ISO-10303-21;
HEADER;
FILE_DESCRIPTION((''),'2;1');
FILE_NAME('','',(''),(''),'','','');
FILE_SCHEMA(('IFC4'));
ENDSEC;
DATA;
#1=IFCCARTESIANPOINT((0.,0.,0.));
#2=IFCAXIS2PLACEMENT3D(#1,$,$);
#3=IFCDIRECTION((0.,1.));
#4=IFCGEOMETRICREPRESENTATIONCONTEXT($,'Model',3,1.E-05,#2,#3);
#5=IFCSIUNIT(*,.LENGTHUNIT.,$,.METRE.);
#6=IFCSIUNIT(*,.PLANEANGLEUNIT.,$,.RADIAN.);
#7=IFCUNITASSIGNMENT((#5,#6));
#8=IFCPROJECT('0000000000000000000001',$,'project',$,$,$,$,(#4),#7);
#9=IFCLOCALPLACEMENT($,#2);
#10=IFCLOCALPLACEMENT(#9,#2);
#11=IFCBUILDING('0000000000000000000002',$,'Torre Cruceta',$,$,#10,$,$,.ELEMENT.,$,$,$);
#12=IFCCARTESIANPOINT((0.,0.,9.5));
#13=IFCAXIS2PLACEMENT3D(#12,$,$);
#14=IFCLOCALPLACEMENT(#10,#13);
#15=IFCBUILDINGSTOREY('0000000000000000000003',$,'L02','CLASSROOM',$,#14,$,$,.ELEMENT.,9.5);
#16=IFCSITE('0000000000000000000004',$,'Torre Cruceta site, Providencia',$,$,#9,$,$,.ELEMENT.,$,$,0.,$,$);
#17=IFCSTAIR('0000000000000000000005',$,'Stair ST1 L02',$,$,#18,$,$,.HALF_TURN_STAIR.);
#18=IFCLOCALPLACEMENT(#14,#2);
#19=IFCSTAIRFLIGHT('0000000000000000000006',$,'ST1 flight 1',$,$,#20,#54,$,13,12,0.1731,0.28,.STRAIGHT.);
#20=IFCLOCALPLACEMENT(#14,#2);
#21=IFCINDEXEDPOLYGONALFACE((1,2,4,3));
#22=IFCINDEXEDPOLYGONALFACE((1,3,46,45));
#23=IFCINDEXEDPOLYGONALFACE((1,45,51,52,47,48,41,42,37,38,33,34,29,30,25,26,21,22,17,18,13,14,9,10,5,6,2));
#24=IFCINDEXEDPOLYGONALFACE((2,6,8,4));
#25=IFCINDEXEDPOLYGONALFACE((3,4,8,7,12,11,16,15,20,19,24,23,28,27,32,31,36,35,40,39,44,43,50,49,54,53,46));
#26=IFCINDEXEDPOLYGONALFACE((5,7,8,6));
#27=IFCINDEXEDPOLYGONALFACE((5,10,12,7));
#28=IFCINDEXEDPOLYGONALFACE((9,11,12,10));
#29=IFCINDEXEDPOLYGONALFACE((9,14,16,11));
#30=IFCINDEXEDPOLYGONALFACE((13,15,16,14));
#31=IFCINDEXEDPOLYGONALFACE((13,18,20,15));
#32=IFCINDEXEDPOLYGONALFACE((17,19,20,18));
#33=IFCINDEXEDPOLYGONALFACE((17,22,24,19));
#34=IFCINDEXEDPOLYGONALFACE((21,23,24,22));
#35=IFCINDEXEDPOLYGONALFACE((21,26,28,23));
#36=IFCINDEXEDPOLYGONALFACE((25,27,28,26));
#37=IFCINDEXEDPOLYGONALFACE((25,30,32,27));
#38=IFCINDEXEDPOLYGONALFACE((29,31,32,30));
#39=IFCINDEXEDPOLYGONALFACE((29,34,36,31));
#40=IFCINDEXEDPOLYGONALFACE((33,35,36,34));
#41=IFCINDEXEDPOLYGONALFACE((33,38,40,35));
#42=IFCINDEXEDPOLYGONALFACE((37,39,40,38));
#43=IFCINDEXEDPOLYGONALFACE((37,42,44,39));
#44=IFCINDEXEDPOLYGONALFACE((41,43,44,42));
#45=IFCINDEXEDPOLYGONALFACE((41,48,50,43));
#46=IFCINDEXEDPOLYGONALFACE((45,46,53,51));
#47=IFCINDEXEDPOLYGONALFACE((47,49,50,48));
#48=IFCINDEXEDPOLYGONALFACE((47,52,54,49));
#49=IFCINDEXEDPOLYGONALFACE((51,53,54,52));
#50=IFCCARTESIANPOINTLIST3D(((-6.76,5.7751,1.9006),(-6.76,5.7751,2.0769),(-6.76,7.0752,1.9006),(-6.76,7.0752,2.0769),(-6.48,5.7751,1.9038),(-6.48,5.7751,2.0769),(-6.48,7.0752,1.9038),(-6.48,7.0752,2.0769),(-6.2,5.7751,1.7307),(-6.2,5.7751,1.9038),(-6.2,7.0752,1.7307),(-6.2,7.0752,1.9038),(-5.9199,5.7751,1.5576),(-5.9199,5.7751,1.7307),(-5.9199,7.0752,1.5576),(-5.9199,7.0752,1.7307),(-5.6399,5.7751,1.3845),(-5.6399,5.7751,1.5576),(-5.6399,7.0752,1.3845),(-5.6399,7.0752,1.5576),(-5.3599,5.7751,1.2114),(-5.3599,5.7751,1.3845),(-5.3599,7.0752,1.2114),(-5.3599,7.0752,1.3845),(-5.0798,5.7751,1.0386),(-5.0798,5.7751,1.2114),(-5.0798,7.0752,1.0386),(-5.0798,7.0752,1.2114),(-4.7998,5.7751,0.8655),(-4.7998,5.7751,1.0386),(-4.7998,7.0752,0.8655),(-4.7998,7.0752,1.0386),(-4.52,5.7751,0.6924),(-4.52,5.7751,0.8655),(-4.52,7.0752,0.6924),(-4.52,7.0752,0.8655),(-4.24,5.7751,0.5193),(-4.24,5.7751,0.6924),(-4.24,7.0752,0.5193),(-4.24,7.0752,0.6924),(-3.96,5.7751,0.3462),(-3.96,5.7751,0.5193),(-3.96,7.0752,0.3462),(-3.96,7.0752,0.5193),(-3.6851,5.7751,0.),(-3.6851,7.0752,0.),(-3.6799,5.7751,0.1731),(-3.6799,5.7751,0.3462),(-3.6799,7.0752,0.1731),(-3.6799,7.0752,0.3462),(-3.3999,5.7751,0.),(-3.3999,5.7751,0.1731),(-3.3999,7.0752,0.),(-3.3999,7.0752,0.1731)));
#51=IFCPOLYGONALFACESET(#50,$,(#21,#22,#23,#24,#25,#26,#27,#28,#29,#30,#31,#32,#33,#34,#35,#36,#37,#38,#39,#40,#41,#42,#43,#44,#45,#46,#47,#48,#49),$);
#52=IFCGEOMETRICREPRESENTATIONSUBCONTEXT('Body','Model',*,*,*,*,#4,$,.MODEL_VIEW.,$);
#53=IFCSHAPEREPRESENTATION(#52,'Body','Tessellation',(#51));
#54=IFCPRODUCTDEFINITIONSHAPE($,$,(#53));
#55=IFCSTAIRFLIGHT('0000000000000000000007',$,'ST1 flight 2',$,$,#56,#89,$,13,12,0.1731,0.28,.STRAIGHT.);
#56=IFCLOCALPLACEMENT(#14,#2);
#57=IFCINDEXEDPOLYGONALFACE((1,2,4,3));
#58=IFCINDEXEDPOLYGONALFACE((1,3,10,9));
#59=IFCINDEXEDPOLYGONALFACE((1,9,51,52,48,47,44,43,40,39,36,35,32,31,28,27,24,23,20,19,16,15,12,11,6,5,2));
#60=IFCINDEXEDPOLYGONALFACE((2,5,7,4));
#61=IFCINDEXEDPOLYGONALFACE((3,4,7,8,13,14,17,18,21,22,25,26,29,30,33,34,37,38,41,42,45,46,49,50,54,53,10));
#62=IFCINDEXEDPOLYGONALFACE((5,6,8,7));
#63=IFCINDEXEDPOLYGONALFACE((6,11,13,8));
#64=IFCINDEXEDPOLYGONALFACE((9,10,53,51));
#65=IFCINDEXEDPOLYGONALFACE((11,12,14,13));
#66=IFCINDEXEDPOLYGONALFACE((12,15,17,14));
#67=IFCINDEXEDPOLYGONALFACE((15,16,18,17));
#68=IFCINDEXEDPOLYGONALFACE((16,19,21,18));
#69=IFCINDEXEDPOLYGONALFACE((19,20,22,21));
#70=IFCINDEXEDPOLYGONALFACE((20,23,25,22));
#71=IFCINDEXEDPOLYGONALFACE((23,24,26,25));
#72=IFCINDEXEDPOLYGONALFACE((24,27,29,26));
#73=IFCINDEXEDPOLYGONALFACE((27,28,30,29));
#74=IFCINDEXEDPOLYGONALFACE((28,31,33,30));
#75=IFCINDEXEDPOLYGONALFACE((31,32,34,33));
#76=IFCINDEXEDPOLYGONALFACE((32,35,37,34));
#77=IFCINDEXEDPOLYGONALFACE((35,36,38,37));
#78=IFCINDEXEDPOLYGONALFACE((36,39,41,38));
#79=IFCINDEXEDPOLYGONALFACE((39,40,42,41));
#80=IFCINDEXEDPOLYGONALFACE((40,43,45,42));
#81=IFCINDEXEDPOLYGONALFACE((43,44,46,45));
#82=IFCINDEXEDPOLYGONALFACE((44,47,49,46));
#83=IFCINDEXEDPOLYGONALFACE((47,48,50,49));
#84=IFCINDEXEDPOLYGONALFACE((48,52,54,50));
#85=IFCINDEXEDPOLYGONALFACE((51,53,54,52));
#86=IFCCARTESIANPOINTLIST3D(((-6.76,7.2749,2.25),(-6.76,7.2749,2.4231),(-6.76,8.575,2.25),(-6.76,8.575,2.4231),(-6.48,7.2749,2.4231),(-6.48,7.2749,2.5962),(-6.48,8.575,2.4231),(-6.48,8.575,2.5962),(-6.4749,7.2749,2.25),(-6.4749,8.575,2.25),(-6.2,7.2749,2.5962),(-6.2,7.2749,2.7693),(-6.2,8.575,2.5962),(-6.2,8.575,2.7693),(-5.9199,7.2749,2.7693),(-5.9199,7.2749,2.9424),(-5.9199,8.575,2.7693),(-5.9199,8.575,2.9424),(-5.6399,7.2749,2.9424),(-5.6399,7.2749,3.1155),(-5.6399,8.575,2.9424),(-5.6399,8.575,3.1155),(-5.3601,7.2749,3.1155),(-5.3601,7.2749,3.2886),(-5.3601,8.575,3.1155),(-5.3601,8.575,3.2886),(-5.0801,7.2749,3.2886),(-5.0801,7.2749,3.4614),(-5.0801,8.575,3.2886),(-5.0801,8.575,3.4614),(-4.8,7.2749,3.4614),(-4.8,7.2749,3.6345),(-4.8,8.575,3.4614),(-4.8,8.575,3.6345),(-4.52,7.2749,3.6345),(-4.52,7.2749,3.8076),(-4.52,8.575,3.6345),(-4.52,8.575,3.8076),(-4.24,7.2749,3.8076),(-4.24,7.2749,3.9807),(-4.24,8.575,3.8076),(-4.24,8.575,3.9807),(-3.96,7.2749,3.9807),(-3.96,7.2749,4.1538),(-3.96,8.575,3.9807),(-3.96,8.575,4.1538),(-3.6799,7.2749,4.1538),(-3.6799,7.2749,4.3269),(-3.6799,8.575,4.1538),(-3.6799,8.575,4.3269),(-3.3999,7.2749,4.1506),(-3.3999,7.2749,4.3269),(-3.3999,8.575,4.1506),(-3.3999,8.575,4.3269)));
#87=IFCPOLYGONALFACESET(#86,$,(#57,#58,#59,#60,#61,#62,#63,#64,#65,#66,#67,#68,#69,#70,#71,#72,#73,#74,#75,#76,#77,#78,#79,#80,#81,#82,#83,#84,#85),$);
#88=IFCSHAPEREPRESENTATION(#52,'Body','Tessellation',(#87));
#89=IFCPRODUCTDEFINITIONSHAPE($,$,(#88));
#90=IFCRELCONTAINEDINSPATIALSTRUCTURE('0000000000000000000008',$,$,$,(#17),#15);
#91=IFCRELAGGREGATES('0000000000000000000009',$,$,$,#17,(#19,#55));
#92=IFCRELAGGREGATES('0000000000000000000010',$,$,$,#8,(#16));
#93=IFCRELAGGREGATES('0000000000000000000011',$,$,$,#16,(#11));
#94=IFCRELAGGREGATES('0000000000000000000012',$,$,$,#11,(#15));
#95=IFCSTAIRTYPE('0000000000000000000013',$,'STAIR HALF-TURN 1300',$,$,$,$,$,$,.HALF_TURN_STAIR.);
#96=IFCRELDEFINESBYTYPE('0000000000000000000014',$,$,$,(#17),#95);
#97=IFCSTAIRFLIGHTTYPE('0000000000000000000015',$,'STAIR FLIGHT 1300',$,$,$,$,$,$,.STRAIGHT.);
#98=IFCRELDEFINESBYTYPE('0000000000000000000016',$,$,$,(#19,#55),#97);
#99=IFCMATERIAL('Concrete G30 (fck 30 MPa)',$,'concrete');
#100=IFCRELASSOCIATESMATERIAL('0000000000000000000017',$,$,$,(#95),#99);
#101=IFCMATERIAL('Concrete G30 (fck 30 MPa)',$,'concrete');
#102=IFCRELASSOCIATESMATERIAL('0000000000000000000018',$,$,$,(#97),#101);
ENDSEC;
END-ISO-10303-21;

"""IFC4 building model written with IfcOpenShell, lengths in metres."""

from ifc_helpers import new_model, si_unit, direction, frame, origin, place, context, subcontext, project, spatial, polyline, outline, extrude, material, type_object, element, aggregate, save


model = new_model("IFC4")

# Units and contexts
model_context = context("Model", 3, precision=1e-05, world=origin(), true_north=direction((0.0, 1.0)))
body_context = subcontext(model_context, "Body", "Model", "MODEL_VIEW")
ifc_project = project(units=[si_unit("LENGTHUNIT", "METRE"), si_unit("PLANEANGLEUNIT", "RADIAN")], contexts=[model_context])

# Site, building, storey
site_placement = place(None, origin())
site = spatial("IfcSite", under=ifc_project, at=site_placement, Name="Torre Cruceta site, Providencia", CompositionType="ELEMENT", RefElevation=0.0)
building_placement = place(site_placement, origin())
building = spatial("IfcBuilding", under=site, at=building_placement, Name="Torre Cruceta", CompositionType="ELEMENT")
storey_placement = place(building_placement, frame((0.0, 0.0, 9.5)))
storey = spatial("IfcBuildingStorey", under=building, at=storey_placement, Name="L02", Description="CLASSROOM", CompositionType="ELEMENT", Elevation=9.5)

# Stair, stair flights
ifc_material_1 = material(Name="Concrete G30 (fck 30 MPa)", Category="concrete")
stair_type = type_object("IfcStairType", Name="STAIR HALF-TURN 1300", PredefinedType="HALF_TURN_STAIR", material=ifc_material_1)
stair_placement = place(storey_placement, origin())
stair = element("IfcStair", 1, at=stair_placement, inside=storey, type_object=stair_type, Name="Stair ST1 L02", PredefinedType="HALF_TURN_STAIR")
ifc_material_2 = material(Name="Concrete G30 (fck 30 MPa)", Category="concrete")
stair_flight_type = type_object("IfcStairFlightType", Name="STAIR FLIGHT 1300", PredefinedType="STRAIGHT", material=ifc_material_2)
stair_flight_1_placement = place(storey_placement, frame((-3.3999, 6.425, 0.0), z_axis=(0.0, 0.0, 1.0), x_axis=(-1.0, 0.0, 0.0)))
stair_flight_1 = element("IfcStairFlight", 2, at=stair_flight_1_placement, type_object=stair_flight_type, Name="ST1 flight 1", NumberOfRisers=13, NumberOfTreads=12, PredefinedType="STRAIGHT", RiserHeight=0.1731, TreadLength=0.28, context=body_context, shape_type="SweptSolid", body=[
    extrude(outline(polyline([(0.0, 0.0), (0.0, 0.1731), (0.28, 0.1731), (0.28, 0.3462), (0.5601, 0.3462), (0.5601, 0.5193), (0.8401, 0.5193), (0.8401, 0.6924), (1.1201, 0.6924), (1.1201, 0.8655), (1.3999, 0.8655), (1.3999, 1.0386), (1.6799, 1.0386), (1.6799, 1.2114), (1.96, 1.2114), (1.96, 1.3845), (2.24, 1.3845), (2.24, 1.5576), (2.52, 1.5576), (2.52, 1.7307), (2.8, 1.7307), (2.8, 1.9038), (3.0801, 1.9038), (3.0801, 2.0769), (3.3601, 2.0769), (3.3601, 2.25), (3.3601, 1.9006), (0.2852, 0.0), (0.0, 0.0)])), frame((0.0, 0.6499, 0.0), z_axis=(0.0, -1.0, 0.0), x_axis=(1.0, 0.0, 0.0)), (0.0, 0.0, 1.0), 1.3),
])
stair_flight_2_placement = place(storey_placement, frame((-6.76, 7.925, 2.25), z_axis=(0.0, 0.0, 1.0), x_axis=(1.0, 0.0, 0.0)))
stair_flight_2 = element("IfcStairFlight", 3, at=stair_flight_2_placement, type_object=stair_flight_type, Name="ST1 flight 2", NumberOfRisers=13, NumberOfTreads=12, PredefinedType="STRAIGHT", RiserHeight=0.1731, TreadLength=0.28, context=body_context, shape_type="SweptSolid", body=[
    extrude(outline(polyline([(0.0, 0.0), (0.0, 0.1731), (0.28, 0.1731), (0.28, 0.3462), (0.5601, 0.3462), (0.5601, 0.5193), (0.8401, 0.5193), (0.8401, 0.6924), (1.1201, 0.6924), (1.1201, 0.8655), (1.3999, 0.8655), (1.3999, 1.0386), (1.6799, 1.0386), (1.6799, 1.2114), (1.96, 1.2114), (1.96, 1.3845), (2.24, 1.3845), (2.24, 1.5576), (2.52, 1.5576), (2.52, 1.7307), (2.8, 1.7307), (2.8, 1.9038), (3.0801, 1.9038), (3.0801, 2.0769), (3.3601, 2.0769), (3.3601, 2.25), (3.3601, 1.9006), (0.2852, 0.0), (0.0, 0.0)])), frame((0.0, 0.6499, 0.0), z_axis=(0.0, -1.0, 0.0), x_axis=(1.0, 0.0, 0.0)), (0.0, 0.0, 1.0), 1.3),
])
aggregate(stair, [stair_flight_1, stair_flight_2])

save(model, "model.ifc")
